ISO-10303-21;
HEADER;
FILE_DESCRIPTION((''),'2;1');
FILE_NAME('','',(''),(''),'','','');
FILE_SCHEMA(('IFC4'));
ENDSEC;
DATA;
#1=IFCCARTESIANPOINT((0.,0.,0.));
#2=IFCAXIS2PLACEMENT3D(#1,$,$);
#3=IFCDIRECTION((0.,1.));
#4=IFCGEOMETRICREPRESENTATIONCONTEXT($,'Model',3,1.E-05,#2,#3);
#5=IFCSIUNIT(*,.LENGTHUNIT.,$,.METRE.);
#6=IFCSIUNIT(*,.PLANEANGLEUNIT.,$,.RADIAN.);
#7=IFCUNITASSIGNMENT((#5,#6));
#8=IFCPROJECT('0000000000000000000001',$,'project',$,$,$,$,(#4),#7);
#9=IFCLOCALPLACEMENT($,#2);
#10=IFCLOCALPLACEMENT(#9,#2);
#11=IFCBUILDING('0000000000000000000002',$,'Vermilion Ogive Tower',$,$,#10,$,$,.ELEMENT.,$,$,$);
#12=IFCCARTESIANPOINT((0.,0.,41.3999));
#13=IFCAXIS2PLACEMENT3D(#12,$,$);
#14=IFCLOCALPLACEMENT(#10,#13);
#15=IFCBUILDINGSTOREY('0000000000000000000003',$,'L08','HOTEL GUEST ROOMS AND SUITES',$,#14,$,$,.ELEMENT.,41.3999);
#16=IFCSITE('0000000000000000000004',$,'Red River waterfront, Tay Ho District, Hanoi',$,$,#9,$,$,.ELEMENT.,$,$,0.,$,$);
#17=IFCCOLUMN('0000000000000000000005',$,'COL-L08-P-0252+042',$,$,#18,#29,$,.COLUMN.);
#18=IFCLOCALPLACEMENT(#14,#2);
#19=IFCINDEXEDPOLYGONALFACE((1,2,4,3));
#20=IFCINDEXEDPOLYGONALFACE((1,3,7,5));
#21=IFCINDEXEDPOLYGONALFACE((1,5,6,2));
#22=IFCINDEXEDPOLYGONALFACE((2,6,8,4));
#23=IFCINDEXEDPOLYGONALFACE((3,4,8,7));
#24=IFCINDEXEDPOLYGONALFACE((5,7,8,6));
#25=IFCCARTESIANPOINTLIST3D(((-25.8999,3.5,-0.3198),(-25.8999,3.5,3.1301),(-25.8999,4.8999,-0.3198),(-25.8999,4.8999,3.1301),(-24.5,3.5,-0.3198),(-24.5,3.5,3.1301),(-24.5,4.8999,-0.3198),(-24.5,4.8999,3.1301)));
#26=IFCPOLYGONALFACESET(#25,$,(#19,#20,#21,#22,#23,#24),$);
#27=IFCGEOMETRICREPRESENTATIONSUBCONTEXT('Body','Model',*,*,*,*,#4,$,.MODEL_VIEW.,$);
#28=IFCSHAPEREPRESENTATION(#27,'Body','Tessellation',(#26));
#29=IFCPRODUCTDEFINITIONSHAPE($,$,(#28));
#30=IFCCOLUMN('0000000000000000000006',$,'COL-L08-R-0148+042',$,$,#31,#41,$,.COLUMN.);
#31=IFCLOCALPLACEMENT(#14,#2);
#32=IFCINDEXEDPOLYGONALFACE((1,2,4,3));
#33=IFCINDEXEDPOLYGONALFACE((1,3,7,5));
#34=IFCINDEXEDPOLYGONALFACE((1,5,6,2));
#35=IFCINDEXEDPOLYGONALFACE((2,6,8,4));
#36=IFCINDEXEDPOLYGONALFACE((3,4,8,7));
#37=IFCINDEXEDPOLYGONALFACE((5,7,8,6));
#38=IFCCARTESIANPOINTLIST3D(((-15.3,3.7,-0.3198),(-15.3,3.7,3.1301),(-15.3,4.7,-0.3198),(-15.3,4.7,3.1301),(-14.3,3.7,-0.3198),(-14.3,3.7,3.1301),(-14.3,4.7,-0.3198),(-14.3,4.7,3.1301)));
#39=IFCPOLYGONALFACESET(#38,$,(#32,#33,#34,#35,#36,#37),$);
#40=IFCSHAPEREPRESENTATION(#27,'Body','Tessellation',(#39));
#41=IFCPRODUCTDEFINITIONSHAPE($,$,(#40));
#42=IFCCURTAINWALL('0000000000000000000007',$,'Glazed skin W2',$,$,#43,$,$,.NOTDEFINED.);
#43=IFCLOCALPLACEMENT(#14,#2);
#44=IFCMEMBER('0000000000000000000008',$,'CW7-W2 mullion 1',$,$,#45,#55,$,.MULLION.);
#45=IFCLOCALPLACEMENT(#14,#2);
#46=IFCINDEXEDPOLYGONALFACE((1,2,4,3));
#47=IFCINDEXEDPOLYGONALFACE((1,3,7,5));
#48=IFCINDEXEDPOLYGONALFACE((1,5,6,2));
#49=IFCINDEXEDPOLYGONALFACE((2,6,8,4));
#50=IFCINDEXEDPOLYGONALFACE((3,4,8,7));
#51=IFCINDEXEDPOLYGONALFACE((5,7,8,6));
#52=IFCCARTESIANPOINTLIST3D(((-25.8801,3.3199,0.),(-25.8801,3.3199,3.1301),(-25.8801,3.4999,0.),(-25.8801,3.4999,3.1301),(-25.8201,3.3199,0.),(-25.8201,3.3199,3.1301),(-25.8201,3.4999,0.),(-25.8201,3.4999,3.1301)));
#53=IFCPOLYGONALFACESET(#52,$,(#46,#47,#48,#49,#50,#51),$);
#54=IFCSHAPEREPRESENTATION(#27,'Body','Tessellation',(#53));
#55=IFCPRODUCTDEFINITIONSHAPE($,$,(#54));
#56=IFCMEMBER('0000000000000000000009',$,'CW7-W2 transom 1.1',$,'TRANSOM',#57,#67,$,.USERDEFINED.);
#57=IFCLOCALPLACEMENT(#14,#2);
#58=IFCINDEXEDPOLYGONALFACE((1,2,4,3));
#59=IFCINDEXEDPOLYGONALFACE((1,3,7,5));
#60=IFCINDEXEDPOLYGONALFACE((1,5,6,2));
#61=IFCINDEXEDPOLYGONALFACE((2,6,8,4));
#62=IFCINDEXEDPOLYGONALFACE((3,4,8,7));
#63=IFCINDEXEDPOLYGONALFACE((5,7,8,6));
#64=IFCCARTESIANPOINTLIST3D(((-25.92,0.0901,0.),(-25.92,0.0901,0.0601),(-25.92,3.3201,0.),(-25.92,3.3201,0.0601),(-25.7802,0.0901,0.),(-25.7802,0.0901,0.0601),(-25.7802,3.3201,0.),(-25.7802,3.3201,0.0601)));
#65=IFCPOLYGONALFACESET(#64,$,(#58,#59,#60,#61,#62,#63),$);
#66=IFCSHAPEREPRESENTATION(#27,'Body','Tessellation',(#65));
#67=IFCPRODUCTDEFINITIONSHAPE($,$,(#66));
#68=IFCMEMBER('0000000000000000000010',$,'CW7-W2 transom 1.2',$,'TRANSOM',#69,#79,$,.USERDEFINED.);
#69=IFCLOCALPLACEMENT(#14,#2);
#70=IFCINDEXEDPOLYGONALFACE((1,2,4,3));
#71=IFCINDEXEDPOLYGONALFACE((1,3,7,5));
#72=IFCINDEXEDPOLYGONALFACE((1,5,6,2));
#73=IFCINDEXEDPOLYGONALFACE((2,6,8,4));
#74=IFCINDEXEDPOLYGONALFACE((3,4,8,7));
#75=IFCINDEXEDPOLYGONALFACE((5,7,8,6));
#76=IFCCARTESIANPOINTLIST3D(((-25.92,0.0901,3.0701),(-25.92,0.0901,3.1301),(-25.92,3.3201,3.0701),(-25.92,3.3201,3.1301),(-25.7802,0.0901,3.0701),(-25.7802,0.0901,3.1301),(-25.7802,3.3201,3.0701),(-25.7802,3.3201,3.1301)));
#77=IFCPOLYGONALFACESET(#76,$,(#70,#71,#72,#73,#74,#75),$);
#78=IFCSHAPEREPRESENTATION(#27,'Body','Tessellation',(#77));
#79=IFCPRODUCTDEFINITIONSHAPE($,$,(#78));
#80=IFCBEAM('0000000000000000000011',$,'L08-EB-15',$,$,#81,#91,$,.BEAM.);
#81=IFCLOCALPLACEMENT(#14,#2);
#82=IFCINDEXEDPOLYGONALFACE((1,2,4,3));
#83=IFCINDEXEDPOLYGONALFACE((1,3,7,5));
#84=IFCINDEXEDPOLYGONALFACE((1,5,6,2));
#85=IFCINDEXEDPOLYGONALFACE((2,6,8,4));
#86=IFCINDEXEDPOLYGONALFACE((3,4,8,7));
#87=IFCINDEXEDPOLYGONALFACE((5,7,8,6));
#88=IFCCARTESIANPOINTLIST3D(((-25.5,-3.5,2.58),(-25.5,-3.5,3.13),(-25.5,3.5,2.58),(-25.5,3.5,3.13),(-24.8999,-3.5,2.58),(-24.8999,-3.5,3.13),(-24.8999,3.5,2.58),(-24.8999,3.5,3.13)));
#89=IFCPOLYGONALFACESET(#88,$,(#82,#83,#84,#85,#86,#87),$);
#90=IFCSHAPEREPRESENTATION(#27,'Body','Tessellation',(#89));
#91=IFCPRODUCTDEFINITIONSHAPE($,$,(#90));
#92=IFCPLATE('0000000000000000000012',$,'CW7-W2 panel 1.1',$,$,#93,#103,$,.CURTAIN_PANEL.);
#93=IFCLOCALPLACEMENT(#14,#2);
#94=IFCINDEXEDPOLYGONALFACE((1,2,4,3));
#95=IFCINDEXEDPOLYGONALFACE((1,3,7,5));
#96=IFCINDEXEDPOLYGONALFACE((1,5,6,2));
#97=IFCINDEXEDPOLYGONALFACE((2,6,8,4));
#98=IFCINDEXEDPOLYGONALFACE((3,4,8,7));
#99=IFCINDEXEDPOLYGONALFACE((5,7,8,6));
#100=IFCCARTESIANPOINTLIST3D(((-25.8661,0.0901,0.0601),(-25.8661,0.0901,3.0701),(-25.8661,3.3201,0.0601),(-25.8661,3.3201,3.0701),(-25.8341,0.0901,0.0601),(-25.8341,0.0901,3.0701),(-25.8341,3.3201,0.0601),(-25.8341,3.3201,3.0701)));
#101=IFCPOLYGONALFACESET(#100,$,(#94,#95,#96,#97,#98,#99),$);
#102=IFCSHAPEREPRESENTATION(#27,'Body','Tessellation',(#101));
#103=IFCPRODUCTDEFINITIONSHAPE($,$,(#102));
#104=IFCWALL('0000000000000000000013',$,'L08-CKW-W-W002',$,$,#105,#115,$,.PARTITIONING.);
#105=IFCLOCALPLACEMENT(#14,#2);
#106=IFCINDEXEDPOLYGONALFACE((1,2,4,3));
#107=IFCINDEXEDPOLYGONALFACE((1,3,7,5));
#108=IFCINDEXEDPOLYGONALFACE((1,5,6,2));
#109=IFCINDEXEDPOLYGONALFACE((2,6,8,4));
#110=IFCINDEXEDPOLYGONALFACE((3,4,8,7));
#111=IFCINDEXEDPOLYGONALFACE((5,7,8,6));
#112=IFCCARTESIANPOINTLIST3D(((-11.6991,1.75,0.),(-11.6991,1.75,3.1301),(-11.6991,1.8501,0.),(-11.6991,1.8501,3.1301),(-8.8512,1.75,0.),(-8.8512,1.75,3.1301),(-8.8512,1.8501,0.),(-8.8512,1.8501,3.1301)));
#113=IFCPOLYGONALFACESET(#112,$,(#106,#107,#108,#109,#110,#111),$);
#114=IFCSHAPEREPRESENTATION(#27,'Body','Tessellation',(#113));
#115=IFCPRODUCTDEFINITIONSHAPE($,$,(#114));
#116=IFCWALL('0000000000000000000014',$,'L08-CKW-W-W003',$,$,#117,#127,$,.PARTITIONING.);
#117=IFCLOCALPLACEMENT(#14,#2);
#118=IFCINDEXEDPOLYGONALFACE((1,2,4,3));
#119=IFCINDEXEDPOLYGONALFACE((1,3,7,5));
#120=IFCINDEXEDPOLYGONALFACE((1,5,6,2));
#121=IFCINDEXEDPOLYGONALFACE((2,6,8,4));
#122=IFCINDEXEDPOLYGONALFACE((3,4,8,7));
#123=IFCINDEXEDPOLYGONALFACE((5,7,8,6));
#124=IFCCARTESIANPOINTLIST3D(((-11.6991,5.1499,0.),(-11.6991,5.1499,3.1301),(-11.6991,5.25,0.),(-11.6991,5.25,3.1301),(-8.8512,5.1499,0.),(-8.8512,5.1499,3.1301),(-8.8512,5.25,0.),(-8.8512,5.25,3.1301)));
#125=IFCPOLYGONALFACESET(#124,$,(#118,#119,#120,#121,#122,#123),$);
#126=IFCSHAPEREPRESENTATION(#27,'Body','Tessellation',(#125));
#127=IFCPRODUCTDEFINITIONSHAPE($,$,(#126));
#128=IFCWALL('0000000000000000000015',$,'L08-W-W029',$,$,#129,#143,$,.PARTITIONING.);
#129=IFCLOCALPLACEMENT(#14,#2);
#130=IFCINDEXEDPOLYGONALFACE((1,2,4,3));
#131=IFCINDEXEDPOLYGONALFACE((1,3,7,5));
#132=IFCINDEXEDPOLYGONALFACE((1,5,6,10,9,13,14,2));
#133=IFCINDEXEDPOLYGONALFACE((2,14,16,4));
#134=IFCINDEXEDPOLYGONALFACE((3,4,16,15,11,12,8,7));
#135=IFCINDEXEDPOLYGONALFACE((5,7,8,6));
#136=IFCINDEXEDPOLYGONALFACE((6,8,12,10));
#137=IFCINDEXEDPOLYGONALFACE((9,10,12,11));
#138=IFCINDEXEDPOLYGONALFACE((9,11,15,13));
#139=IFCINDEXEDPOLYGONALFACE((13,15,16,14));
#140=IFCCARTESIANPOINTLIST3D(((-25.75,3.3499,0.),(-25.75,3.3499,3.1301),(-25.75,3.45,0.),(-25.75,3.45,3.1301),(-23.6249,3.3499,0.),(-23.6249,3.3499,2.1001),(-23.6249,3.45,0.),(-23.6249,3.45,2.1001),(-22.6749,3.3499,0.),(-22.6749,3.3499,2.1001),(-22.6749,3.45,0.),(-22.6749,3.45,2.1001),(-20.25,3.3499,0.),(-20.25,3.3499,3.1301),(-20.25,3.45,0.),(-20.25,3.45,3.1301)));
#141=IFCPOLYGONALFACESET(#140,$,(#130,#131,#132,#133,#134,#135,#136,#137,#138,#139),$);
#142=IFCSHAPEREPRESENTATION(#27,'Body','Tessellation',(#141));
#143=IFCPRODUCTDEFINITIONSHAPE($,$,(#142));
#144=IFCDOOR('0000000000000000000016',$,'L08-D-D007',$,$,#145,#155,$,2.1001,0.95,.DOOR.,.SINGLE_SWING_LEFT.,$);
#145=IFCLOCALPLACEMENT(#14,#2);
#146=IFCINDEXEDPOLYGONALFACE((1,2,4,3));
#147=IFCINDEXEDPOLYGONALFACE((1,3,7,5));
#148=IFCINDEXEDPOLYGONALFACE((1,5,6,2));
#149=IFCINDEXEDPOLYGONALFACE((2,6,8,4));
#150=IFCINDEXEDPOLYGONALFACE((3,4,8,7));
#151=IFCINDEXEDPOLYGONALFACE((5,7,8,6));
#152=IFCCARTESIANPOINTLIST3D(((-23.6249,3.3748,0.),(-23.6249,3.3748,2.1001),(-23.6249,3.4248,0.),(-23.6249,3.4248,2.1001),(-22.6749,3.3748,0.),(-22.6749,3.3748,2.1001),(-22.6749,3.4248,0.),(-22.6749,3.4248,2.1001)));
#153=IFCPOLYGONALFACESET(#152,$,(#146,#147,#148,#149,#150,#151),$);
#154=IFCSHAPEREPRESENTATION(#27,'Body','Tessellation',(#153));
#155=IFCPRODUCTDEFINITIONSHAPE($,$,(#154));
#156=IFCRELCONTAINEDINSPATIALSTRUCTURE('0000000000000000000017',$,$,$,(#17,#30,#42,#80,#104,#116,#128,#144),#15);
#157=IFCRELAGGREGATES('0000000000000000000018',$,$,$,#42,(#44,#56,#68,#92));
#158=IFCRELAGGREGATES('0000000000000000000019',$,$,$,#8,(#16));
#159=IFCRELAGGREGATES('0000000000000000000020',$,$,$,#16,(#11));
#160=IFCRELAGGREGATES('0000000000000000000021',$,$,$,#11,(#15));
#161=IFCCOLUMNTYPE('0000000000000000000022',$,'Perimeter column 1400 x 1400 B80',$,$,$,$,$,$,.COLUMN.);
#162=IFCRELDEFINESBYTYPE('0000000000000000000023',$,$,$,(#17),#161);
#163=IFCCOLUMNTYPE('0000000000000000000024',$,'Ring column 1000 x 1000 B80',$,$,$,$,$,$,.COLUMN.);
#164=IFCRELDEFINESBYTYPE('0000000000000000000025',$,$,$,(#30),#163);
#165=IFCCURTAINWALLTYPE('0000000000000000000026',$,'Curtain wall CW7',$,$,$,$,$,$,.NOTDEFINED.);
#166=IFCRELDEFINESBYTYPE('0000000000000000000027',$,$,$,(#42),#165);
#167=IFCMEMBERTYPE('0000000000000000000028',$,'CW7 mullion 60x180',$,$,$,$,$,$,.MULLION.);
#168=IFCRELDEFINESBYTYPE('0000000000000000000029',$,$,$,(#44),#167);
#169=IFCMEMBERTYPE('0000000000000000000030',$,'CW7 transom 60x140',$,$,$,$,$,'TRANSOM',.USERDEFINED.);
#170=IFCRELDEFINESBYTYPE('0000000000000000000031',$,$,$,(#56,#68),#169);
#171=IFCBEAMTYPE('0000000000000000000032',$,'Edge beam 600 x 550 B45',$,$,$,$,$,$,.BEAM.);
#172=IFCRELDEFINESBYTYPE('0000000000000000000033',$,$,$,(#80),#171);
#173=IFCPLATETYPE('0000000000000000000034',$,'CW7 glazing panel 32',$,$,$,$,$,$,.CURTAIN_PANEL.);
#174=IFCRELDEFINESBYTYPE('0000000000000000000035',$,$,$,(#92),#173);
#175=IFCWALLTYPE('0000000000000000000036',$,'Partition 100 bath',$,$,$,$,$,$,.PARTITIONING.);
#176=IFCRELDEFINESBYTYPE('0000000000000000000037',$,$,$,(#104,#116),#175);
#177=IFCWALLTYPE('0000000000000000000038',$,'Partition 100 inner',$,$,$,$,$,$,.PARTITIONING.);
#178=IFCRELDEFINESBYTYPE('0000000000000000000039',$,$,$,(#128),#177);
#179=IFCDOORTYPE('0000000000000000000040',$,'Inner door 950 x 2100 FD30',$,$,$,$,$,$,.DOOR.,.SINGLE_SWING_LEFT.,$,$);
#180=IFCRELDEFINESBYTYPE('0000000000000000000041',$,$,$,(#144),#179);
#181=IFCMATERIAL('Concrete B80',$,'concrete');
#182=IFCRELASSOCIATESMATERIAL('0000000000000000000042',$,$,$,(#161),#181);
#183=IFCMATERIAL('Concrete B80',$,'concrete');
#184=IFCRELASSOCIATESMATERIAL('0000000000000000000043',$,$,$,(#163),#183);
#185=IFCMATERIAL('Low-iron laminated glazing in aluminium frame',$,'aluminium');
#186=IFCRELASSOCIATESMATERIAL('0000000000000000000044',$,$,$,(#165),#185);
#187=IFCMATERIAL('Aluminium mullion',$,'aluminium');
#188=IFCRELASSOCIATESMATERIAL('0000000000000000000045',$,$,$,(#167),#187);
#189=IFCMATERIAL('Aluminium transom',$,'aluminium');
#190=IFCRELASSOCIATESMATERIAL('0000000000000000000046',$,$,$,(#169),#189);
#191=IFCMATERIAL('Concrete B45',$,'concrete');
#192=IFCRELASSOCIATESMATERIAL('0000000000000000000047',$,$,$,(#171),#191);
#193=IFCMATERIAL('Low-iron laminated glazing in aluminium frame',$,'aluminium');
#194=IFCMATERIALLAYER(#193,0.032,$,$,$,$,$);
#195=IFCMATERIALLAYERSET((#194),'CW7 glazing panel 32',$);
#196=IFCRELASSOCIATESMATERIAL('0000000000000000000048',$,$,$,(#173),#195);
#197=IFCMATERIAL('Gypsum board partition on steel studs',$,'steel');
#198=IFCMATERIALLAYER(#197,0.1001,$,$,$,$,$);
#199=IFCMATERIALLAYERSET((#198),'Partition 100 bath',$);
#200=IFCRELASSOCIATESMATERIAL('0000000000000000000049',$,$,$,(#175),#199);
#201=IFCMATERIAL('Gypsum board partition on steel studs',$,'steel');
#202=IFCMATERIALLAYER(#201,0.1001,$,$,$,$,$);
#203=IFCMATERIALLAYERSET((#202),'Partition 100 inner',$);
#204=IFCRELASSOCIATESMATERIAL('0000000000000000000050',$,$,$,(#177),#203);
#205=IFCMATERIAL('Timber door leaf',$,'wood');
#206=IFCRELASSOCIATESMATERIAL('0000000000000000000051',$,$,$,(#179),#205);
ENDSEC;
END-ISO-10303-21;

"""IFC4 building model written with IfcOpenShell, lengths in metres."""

from ifc_helpers import new_model, si_unit, direction, frame, frame_2d, origin, origin_2d, place, context, subcontext, project, spatial, rectangle, extrude, material, layer, layer_set, material_profile, profile_set, type_object, element, fill, aggregate, save


model = new_model("IFC4")

# Units and contexts
model_context = context("Model", 3, precision=1e-05, world=origin(), true_north=direction((0.0, 1.0)))
body_context = subcontext(model_context, "Body", "Model", "MODEL_VIEW")
ifc_project = project(units=[si_unit("LENGTHUNIT", "METRE"), si_unit("PLANEANGLEUNIT", "RADIAN")], contexts=[model_context])

# Site, building, storey
site_placement = place(None, origin())
site = spatial("IfcSite", under=ifc_project, at=site_placement, Name="Red River waterfront, Tay Ho District, Hanoi", CompositionType="ELEMENT", RefElevation=0.0)
building_placement = place(site_placement, origin())
building = spatial("IfcBuilding", under=site, at=building_placement, Name="Vermilion Ogive Tower", CompositionType="ELEMENT")
storey_placement = place(building_placement, frame((0.0, 0.0, 41.3999)))
storey = spatial("IfcBuildingStorey", under=building, at=storey_placement, Name="L08", Description="HOTEL GUEST ROOMS AND SUITES", CompositionType="ELEMENT", Elevation=41.3999)

# Columns
ifc_material_1 = material(Name="Concrete B80", Category="concrete")
ifc_material_profile_1 = material_profile(ifc_material_1, rectangle(XDim=1.3999, YDim=1.3999, at=origin_2d()), Name="1400 x 1400")
ifc_profile_set_1 = profile_set([ifc_material_profile_1], Name="Concrete B80")
column_type_1 = type_object("IfcColumnType", Name="Perimeter column 1400 x 1400 B80", PredefinedType="COLUMN", material=ifc_profile_set_1)
column_1_placement = place(storey_placement, frame((-25.2, 4.2, -0.3198), z_axis=(0.0, 0.0, 1.0), x_axis=(1.0, 0.0, 0.0)))
element("IfcColumn", 1, at=column_1_placement, inside=storey, type_object=column_type_1, Name="COL-L08-P-0252+042", PredefinedType="COLUMN", context=body_context, shape_type="SweptSolid", body=[
    extrude(rectangle(XDim=1.3999, YDim=1.3999, at=origin_2d()), origin(), (0.0, 0.0, 1.0), 3.45),
])
ifc_material_2 = material(Name="Concrete B80", Category="concrete")
ifc_material_profile_2 = material_profile(ifc_material_2, rectangle(XDim=1.0, YDim=1.0, at=origin_2d()), Name="1000 x 1000")
ifc_profile_set_2 = profile_set([ifc_material_profile_2], Name="Concrete B80")
column_type_2 = type_object("IfcColumnType", Name="Ring column 1000 x 1000 B80", PredefinedType="COLUMN", material=ifc_profile_set_2)
column_2_placement = place(storey_placement, frame((-14.8, 4.2, -0.3198), z_axis=(0.0, 0.0, 1.0), x_axis=(1.0, 0.0, 0.0)))
element("IfcColumn", 2, at=column_2_placement, inside=storey, type_object=column_type_2, Name="COL-L08-R-0148+042", PredefinedType="COLUMN", context=body_context, shape_type="SweptSolid", body=[
    extrude(rectangle(XDim=1.0, YDim=1.0, at=origin_2d()), origin(), (0.0, 0.0, 1.0), 3.45),
])

# Curtain wall, members
ifc_material_3 = material(Name="Low-iron laminated glazing in aluminium frame", Category="aluminium")
curtain_wall_type = type_object("IfcCurtainWallType", Name="Curtain wall CW7", PredefinedType="NOTDEFINED", material=ifc_material_3)
curtain_wall_placement = place(storey_placement, origin())
curtain_wall = element("IfcCurtainWall", 3, at=curtain_wall_placement, inside=storey, type_object=curtain_wall_type, Name="Glazed skin W2", PredefinedType="NOTDEFINED")
ifc_material_4 = material(Name="Aluminium mullion", Category="aluminium")
ifc_material_profile_3 = material_profile(ifc_material_4, rectangle(XDim=0.0601, YDim=0.1799, at=origin_2d()), Name="AL 60x180")
ifc_profile_set_3 = profile_set([ifc_material_profile_3], Name="Aluminium mullion")
member_type_1 = type_object("IfcMemberType", Name="CW7 mullion 60x180", PredefinedType="MULLION", material=ifc_profile_set_3)
member_1_placement = place(storey_placement, frame((-25.8501, 3.4099, 0.0), z_axis=(0.0, 0.0, 1.0), x_axis=(1.0, 0.0, 0.0)))
member_1 = element("IfcMember", 4, at=member_1_placement, type_object=member_type_1, Name="CW7-W2 mullion 1", PredefinedType="MULLION", context=body_context, shape_type="SweptSolid", body=[
    extrude(rectangle(XDim=0.0601, YDim=0.1799, at=origin_2d()), origin(), (0.0, 0.0, 1.0), 3.1301),
])
ifc_material_5 = material(Name="Aluminium transom", Category="aluminium")
ifc_material_profile_4 = material_profile(ifc_material_5, rectangle(XDim=0.1399, YDim=0.0601, at=origin_2d()), Name="AL 60x140")
ifc_profile_set_4 = profile_set([ifc_material_profile_4], Name="Aluminium transom")
member_type_2 = type_object("IfcMemberType", Name="CW7 transom 60x140", ElementType="TRANSOM", PredefinedType="USERDEFINED", material=ifc_profile_set_4)
member_2_placement = place(storey_placement, frame((-25.8501, 3.3201, 0.03), z_axis=(0.0, -1.0, 0.0), x_axis=(1.0, 0.0, 0.0)))
member_2 = element("IfcMember", 5, at=member_2_placement, type_object=member_type_2, Name="CW7-W2 transom 1.1", ObjectType="TRANSOM", PredefinedType="USERDEFINED", context=body_context, shape_type="SweptSolid", body=[
    extrude(rectangle(XDim=0.1399, YDim=0.0601, at=origin_2d()), origin(), (0.0, 0.0, 1.0), 3.23),
])
member_3_placement = place(storey_placement, frame((-25.8501, 3.3201, 3.1001), z_axis=(0.0, -1.0, 0.0), x_axis=(1.0, 0.0, 0.0)))
member_3 = element("IfcMember", 6, at=member_3_placement, type_object=member_type_2, Name="CW7-W2 transom 1.2", ObjectType="TRANSOM", PredefinedType="USERDEFINED", context=body_context, shape_type="SweptSolid", body=[
    extrude(rectangle(XDim=0.1399, YDim=0.0601, at=origin_2d()), origin(), (0.0, 0.0, 1.0), 3.23),
])

# Beam
ifc_material_6 = material(Name="Concrete B45", Category="concrete")
ifc_material_profile_5 = material_profile(ifc_material_6, rectangle(XDim=0.6001, YDim=0.55, at=origin_2d()), Name="600 x 550")
ifc_profile_set_5 = profile_set([ifc_material_profile_5], Name="Concrete B45")
beam_type = type_object("IfcBeamType", Name="Edge beam 600 x 550 B45", PredefinedType="BEAM", material=ifc_profile_set_5)
beam_placement = place(storey_placement, frame((-25.2, 3.5, 2.855), z_axis=(0.0, -1.0, 0.0), x_axis=(1.0, 0.0, 0.0)))
element("IfcBeam", 7, at=beam_placement, inside=storey, type_object=beam_type, Name="L08-EB-15", PredefinedType="BEAM", context=body_context, shape_type="SweptSolid", body=[
    extrude(rectangle(XDim=0.6001, YDim=0.55, at=origin_2d()), origin(), (0.0, 0.0, 1.0), 7.0),
])

# Plate
ifc_material_7 = material(Name="Low-iron laminated glazing in aluminium frame", Category="aluminium")
ifc_layer_1 = layer(ifc_material_7, 0.032)
ifc_layer_set_1 = layer_set([ifc_layer_1], Name="CW7 glazing panel 32")
plate_type = type_object("IfcPlateType", Name="CW7 glazing panel 32", PredefinedType="CURTAIN_PANEL", material=ifc_layer_set_1)
plate_placement = place(storey_placement, frame((-25.8501, 1.7051, 0.0601), z_axis=(0.0, 0.0, 1.0), x_axis=(0.0, -1.0, 0.0)))
plate = element("IfcPlate", 8, at=plate_placement, type_object=plate_type, Name="CW7-W2 panel 1.1", PredefinedType="CURTAIN_PANEL", context=body_context, shape_type="SweptSolid", body=[
    extrude(rectangle(XDim=3.23, YDim=0.032, at=origin_2d()), origin(), (0.0, 0.0, 1.0), 3.01),
])
aggregate(curtain_wall, [member_1, member_2, member_3, plate])

# Walls
ifc_material_8 = material(Name="Gypsum board partition on steel studs", Category="steel")
ifc_layer_2 = layer(ifc_material_8, 0.1001)
ifc_layer_set_2 = layer_set([ifc_layer_2], Name="Partition 100 bath")
wall_type_1 = type_object("IfcWallType", Name="Partition 100 bath", PredefinedType="PARTITIONING", material=ifc_layer_set_2)
for number, where, z_axis, x_axis, name in (
    (9, (-11.699, 1.8, 0.0), (0.0, 0.0, 1.0), (1.0, 0.0, 0.0), "L08-CKW-W-W002"),
    (10, (-11.699, 5.2, 0.0), (0.0, 0.0, 1.0), (1.0, 0.0, 0.0), "L08-CKW-W-W003"),
):
    element("IfcWall", number, at=place(storey_placement, frame(where, z_axis=z_axis, x_axis=x_axis)), inside=storey, type_object=wall_type_1, Name=name, PredefinedType="PARTITIONING", context=body_context, shape_type="SweptSolid", body=[
        extrude(rectangle(XDim=2.8479, YDim=0.1001, at=frame_2d((1.4238, 0.0))), origin(), (0.0, 0.0, 1.0), 3.1301),
    ])

# Wall, opening, door
ifc_material_9 = material(Name="Gypsum board partition on steel studs", Category="steel")
ifc_layer_3 = layer(ifc_material_9, 0.1001)
ifc_layer_set_3 = layer_set([ifc_layer_3], Name="Partition 100 inner")
wall_type_2 = type_object("IfcWallType", Name="Partition 100 inner", PredefinedType="PARTITIONING", material=ifc_layer_set_3)
wall_1_placement = place(storey_placement, frame((-25.75, 3.3999, 0.0), z_axis=(0.0, 0.0, 1.0), x_axis=(1.0, 0.0, 0.0)))
wall_1 = element("IfcWall", 11, at=wall_1_placement, inside=storey, type_object=wall_type_2, Name="L08-W-W029", PredefinedType="PARTITIONING", context=body_context, shape_type="SweptSolid", body=[
    extrude(rectangle(XDim=5.5, YDim=0.1001, at=frame_2d((2.75, 0.0))), origin(), (0.0, 0.0, 1.0), 3.1301),
])
opening_1_placement = place(wall_1_placement, frame((2.125, 0.0, 0.0)))
opening_1 = element("IfcOpeningElement", 12, at=opening_1_placement, cuts=wall_1, PredefinedType="OPENING", context=body_context, shape_type="SweptSolid", body=[
    extrude(rectangle(XDim=0.95, YDim=2.1001, at=frame_2d((0.4751, 1.05))), frame((0.0, 0.0601, 0.0), z_axis=(0.0, -1.0, 0.0), x_axis=(1.0, 0.0, 0.0)), (0.0, 0.0, 1.0), 0.1201),
])
ifc_material_10 = material(Name="Timber door leaf", Category="wood")
door_type_1 = type_object("IfcDoorType", Name="Inner door 950 x 2100 FD30", OperationType="SINGLE_SWING_LEFT", PredefinedType="DOOR", material=ifc_material_10)
door_1_placement = place(opening_1_placement, origin())
door_1 = element("IfcDoor", 13, at=door_1_placement, inside=storey, type_object=door_type_1, Name="L08-D-D007", OperationType="SINGLE_SWING_LEFT", OverallHeight=2.1001, OverallWidth=0.95, PredefinedType="DOOR", context=body_context, shape_type="SweptSolid", body=[
    extrude(rectangle(XDim=0.95, YDim=2.1001, at=frame_2d((0.4751, 1.05))), frame((0.0, 0.0249, 0.0), z_axis=(0.0, -1.0, 0.0), x_axis=(1.0, 0.0, 0.0)), (0.0, 0.0, 1.0), 0.05),
])
fill(opening_1, door_1)

save(model, "model.ifc")
